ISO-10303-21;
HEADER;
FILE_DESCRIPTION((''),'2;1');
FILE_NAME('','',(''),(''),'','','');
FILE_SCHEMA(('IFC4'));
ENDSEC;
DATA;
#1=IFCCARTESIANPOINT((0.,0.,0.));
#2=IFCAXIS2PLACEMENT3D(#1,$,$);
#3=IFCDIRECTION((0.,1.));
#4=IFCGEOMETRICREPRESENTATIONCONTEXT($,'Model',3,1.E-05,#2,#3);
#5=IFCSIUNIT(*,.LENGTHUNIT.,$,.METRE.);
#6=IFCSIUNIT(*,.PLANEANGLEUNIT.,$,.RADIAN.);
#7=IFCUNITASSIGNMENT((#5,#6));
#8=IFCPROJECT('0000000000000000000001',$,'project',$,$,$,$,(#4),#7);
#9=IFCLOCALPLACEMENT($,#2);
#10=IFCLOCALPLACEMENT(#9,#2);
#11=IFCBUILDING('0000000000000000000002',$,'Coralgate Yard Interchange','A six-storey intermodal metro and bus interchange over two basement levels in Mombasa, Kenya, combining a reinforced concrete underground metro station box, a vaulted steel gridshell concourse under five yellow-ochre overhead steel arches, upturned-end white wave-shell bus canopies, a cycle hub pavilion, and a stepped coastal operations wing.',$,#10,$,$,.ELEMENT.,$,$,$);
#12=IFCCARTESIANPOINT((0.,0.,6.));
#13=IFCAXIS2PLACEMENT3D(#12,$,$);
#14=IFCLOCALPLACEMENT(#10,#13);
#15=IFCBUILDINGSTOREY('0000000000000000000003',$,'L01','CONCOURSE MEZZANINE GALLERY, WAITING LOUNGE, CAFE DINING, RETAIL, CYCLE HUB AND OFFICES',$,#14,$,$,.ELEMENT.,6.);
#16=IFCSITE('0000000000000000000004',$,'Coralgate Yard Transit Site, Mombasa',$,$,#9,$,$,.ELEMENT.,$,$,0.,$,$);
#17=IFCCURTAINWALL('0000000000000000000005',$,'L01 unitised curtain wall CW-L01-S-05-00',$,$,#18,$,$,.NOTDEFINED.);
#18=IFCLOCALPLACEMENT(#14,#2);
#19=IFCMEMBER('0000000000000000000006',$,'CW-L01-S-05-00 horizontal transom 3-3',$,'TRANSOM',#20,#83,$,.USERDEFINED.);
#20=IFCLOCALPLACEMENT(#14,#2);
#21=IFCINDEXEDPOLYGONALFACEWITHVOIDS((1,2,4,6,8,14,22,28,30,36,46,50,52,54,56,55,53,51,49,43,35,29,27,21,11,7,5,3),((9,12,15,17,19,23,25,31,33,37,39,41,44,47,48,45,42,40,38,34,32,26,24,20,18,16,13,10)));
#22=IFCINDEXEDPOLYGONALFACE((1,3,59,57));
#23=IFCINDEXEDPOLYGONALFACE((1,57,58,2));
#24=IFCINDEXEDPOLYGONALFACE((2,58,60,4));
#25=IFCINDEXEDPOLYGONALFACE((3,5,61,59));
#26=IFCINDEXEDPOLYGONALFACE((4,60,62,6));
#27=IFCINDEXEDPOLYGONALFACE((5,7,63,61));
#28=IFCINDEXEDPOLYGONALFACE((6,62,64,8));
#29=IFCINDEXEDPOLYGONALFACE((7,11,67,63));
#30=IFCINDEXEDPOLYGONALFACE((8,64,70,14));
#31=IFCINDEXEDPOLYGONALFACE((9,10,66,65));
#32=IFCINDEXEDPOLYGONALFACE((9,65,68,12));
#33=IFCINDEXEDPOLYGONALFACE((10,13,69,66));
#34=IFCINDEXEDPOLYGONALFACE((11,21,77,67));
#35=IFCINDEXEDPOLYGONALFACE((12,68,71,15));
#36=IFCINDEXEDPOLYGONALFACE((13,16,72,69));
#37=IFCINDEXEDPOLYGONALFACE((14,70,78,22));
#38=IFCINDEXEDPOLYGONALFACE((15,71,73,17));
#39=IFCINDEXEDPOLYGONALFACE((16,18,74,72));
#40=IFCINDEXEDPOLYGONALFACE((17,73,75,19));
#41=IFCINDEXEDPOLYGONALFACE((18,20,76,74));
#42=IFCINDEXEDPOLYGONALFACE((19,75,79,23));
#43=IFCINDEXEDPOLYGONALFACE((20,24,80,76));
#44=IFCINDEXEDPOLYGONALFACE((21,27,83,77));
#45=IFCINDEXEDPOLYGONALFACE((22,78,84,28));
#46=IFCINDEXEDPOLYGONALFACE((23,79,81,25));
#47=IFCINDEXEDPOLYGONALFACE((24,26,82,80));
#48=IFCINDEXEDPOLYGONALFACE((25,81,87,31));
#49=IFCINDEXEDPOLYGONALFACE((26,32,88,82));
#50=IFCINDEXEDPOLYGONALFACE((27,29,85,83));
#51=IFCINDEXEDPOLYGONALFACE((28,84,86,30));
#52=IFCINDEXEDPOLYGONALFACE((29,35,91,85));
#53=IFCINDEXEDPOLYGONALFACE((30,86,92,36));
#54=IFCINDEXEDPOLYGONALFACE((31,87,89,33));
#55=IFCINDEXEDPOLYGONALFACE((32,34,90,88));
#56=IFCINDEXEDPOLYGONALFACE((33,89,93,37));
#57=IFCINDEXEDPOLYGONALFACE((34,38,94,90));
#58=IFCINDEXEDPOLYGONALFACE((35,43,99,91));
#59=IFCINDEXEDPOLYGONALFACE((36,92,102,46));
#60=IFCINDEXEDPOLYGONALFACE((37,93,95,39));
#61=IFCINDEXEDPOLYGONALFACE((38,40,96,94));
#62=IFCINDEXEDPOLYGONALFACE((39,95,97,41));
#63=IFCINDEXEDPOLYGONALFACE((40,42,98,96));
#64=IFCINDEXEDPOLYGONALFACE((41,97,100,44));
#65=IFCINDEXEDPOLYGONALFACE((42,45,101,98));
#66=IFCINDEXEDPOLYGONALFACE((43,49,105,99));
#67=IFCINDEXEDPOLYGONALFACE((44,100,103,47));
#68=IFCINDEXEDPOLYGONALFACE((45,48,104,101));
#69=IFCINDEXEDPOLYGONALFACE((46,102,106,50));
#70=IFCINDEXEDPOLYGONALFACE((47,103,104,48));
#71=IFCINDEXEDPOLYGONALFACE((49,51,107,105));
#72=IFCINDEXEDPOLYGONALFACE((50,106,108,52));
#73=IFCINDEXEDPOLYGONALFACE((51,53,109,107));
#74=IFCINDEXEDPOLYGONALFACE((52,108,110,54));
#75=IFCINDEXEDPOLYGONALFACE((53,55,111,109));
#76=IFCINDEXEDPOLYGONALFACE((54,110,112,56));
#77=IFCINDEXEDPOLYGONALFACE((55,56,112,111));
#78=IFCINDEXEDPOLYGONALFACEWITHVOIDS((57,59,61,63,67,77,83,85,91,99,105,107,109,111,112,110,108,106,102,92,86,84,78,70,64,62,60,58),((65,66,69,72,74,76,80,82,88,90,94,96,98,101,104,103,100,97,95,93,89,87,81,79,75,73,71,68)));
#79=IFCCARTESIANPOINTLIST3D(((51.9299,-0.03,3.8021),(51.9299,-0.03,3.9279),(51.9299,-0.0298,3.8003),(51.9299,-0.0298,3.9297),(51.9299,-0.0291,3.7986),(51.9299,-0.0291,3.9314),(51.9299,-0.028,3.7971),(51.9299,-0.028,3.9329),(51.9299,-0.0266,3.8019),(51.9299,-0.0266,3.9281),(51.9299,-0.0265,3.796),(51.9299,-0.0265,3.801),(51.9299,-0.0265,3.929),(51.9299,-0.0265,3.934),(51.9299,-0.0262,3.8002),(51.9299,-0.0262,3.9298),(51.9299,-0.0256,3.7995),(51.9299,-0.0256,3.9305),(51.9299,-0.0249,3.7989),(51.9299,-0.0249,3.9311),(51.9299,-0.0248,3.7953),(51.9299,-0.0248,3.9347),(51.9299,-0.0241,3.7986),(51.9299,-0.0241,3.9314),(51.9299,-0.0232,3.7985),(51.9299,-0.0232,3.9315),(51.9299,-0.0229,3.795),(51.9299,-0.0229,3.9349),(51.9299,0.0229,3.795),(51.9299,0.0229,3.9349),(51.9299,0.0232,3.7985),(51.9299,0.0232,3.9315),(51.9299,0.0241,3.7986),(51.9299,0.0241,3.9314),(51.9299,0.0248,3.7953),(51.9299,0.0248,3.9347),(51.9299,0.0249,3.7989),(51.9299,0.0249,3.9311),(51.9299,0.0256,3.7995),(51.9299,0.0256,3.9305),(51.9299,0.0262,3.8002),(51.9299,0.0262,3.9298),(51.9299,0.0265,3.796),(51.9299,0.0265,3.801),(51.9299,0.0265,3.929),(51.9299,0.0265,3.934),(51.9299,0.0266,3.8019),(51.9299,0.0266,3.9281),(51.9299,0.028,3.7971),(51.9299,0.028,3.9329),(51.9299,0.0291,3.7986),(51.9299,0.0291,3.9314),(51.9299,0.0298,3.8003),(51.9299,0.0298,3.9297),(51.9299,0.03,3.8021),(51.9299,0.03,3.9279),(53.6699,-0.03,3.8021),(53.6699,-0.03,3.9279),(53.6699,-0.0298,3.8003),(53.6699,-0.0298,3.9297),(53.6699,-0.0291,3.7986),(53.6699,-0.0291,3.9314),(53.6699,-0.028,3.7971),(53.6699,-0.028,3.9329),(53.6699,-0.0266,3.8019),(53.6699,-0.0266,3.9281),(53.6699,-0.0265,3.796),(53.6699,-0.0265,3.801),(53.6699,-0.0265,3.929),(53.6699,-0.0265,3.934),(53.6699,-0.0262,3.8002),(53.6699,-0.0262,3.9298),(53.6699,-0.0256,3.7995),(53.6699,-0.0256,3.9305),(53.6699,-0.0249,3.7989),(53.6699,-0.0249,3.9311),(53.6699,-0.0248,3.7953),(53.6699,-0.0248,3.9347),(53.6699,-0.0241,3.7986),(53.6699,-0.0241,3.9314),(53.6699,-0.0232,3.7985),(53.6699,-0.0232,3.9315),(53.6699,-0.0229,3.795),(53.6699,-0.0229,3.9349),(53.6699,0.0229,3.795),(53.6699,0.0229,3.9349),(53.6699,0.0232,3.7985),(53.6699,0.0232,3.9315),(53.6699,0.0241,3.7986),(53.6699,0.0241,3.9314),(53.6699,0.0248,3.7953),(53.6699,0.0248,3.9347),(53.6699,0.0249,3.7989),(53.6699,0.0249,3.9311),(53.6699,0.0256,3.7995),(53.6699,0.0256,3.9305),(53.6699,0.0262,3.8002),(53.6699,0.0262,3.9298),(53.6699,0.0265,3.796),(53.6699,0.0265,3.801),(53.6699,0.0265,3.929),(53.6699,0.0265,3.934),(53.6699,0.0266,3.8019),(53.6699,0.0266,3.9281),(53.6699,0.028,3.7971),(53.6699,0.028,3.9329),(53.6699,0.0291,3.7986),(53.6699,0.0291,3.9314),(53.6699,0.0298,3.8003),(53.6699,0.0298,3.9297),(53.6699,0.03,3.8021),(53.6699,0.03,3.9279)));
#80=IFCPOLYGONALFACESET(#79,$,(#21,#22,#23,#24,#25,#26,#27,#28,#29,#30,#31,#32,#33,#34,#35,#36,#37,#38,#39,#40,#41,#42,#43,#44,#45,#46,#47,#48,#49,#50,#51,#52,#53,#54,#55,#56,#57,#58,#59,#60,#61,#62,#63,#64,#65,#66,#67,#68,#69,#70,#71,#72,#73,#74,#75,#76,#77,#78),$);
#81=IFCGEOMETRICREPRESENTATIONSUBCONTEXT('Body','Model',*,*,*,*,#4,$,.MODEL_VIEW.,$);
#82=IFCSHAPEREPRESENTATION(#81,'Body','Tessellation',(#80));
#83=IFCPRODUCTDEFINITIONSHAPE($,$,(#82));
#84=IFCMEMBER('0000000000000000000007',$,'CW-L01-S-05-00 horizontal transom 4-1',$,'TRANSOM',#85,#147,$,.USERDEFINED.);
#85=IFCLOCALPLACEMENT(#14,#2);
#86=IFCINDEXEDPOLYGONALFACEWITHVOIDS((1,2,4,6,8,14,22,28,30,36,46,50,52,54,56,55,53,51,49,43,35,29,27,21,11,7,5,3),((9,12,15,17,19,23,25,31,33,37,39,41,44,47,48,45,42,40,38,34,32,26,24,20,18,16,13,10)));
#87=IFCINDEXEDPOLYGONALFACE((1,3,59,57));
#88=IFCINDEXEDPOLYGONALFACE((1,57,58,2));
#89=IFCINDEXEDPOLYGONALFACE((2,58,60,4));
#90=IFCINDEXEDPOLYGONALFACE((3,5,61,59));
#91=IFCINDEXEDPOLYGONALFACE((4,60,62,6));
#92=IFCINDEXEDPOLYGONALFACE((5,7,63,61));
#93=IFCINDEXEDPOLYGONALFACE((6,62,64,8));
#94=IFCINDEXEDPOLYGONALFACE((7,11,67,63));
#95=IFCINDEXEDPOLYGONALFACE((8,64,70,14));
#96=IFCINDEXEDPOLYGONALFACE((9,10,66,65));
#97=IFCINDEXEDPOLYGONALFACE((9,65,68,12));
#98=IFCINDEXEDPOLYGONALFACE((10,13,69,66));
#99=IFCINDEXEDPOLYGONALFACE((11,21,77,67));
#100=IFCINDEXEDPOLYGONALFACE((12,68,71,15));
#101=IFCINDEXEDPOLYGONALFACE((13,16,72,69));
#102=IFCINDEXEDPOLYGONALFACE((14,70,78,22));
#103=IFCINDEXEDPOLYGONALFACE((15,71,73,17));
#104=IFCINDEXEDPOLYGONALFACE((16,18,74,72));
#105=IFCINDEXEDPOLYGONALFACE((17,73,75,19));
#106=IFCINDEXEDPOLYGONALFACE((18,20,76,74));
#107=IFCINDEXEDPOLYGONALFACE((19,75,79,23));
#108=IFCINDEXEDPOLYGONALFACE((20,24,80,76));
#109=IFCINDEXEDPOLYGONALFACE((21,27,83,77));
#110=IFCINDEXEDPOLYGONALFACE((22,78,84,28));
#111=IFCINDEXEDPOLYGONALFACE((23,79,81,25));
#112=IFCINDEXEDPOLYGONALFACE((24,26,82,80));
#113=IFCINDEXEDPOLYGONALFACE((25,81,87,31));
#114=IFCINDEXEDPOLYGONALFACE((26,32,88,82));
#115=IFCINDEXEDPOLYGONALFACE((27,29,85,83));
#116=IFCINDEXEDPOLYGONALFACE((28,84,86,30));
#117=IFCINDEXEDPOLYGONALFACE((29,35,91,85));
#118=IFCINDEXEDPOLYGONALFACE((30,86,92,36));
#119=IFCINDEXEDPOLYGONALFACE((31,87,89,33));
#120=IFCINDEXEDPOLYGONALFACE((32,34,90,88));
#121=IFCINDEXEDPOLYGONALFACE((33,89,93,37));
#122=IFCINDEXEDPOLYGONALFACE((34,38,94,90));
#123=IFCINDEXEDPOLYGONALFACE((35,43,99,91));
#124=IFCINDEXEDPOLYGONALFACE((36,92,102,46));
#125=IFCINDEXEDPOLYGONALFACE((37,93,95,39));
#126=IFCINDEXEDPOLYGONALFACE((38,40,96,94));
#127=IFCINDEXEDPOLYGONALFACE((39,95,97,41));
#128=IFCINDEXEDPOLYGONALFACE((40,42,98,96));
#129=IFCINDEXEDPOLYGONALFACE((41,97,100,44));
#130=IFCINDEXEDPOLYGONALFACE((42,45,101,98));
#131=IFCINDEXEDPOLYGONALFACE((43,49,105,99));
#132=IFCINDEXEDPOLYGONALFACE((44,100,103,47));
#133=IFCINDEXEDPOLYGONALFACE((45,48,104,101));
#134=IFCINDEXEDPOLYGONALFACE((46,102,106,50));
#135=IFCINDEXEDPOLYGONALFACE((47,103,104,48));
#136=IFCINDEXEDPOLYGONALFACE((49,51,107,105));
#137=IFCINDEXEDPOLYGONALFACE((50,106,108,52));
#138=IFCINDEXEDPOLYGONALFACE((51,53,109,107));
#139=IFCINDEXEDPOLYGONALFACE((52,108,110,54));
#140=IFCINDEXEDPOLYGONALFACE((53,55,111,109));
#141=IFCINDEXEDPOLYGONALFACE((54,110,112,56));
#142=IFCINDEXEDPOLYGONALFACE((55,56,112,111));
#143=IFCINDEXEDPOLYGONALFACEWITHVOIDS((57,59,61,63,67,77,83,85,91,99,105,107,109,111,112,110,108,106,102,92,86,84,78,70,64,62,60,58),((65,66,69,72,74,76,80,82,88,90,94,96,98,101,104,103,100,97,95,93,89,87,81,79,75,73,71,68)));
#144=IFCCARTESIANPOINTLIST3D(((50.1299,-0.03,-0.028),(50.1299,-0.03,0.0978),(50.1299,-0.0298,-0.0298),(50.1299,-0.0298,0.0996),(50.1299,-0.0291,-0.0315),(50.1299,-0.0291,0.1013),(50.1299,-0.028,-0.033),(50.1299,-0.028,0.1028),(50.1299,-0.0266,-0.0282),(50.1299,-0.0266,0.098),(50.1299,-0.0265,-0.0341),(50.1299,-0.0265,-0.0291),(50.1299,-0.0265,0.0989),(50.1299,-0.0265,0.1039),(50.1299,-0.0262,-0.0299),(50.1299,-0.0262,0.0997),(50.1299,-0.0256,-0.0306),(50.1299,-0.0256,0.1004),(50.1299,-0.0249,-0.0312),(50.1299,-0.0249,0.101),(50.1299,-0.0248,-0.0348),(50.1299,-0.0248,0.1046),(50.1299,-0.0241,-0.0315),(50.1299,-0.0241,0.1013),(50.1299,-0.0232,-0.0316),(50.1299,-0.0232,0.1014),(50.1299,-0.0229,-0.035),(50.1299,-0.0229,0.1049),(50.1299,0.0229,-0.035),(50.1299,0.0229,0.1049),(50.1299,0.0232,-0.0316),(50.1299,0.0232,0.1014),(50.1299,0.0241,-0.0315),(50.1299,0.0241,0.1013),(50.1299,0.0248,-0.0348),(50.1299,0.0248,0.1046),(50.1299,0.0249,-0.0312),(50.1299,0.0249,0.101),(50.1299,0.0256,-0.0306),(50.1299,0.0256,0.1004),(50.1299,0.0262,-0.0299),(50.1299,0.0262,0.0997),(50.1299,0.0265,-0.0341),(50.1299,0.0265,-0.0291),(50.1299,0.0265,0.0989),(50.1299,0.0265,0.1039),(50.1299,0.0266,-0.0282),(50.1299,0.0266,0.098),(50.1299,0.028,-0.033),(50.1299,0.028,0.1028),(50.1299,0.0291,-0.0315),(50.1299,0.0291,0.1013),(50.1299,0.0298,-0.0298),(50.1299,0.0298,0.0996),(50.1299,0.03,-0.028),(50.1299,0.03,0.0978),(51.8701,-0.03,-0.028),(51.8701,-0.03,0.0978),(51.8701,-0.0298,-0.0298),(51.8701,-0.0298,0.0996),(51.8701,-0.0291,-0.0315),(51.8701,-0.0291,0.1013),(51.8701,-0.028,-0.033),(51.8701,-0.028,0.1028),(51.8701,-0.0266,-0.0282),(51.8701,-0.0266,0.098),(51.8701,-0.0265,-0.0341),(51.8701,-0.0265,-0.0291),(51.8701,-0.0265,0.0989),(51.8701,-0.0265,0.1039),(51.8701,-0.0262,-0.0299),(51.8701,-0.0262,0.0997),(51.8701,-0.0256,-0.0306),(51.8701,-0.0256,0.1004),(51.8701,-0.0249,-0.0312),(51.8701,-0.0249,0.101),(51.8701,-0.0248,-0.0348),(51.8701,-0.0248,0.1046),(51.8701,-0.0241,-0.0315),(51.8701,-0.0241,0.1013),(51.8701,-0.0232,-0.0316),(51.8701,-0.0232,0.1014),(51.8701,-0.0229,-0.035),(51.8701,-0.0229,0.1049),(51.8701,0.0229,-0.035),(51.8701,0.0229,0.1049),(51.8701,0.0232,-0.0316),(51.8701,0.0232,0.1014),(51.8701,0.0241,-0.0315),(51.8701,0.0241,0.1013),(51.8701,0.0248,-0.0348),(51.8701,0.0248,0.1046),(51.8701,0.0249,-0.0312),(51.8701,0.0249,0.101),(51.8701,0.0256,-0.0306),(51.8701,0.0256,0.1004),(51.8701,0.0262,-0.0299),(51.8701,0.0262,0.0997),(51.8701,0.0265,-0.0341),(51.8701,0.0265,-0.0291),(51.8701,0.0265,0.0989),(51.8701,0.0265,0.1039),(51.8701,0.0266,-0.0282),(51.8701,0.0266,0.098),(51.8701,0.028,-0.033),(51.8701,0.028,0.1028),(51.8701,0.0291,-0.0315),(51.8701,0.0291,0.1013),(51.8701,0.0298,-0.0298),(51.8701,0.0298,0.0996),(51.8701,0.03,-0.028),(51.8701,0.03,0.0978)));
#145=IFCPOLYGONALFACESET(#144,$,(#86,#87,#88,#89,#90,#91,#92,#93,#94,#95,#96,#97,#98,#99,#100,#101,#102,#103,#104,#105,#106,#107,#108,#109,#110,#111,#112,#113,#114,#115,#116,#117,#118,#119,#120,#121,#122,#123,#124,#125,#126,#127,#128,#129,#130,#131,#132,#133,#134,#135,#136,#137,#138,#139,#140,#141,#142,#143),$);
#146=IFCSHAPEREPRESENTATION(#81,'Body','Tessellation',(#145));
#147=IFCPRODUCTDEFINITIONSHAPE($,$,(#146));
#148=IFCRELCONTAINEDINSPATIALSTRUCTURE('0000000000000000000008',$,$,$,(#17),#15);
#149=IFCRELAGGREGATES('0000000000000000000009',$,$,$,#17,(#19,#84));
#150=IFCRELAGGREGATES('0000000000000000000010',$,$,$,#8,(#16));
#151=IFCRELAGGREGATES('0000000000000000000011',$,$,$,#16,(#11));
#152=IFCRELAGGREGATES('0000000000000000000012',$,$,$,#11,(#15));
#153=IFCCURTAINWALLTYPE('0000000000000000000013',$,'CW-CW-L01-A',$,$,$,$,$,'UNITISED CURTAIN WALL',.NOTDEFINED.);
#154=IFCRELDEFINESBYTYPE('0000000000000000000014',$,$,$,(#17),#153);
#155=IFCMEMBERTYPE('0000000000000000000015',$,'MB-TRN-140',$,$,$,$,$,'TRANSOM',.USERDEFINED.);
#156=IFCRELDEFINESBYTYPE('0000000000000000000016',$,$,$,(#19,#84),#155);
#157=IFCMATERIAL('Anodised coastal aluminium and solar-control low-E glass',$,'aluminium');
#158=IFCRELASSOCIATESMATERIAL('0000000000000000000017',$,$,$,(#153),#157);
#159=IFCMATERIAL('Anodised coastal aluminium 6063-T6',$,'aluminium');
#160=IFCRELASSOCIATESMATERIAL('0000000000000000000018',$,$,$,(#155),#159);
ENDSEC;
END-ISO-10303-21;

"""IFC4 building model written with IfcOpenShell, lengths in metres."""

from ifc_helpers import new_model, si_unit, direction, frame, origin, origin_2d, place, context, subcontext, project, spatial, hollow_rectangle, extrude, material, material_profile, profile_set, type_object, element, aggregate, save


model = new_model("IFC4")

# Units and contexts
model_context = context("Model", 3, precision=1e-05, world=origin(), true_north=direction((0.0, 1.0)))
body_context = subcontext(model_context, "Body", "Model", "MODEL_VIEW")
ifc_project = project(units=[si_unit("LENGTHUNIT", "METRE"), si_unit("PLANEANGLEUNIT", "RADIAN")], contexts=[model_context])

# Site, building, storey
site_placement = place(None, origin())
site = spatial("IfcSite", under=ifc_project, at=site_placement, Name="Coralgate Yard Transit Site, Mombasa", CompositionType="ELEMENT", RefElevation=0.0)
building_placement = place(site_placement, origin())
building = spatial("IfcBuilding", under=site, at=building_placement, Name="Coralgate Yard Interchange", Description="A six-storey intermodal metro and bus interchange over two basement levels in Mombasa, Kenya, combining a reinforced concrete underground metro station box, a vaulted steel gridshell concourse under five yellow-ochre overhead steel arches, upturned-end white wave-shell bus canopies, a cycle hub pavilion, and a stepped coastal operations wing.", CompositionType="ELEMENT")
storey_placement = place(building_placement, frame((0.0, 0.0, 6.0)))
storey = spatial("IfcBuildingStorey", under=building, at=storey_placement, Name="L01", Description="CONCOURSE MEZZANINE GALLERY, WAITING LOUNGE, CAFE DINING, RETAIL, CYCLE HUB AND OFFICES", CompositionType="ELEMENT", Elevation=6.0)

# Curtain wall, members
ifc_material_1 = material(Name="Anodised coastal aluminium and solar-control low-E glass", Category="aluminium")
curtain_wall_type = type_object("IfcCurtainWallType", Name="CW-CW-L01-A", ElementType="UNITISED CURTAIN WALL", PredefinedType="NOTDEFINED", material=ifc_material_1)
curtain_wall_placement = place(storey_placement, origin())
curtain_wall = element("IfcCurtainWall", 1, at=curtain_wall_placement, inside=storey, type_object=curtain_wall_type, Name="L01 unitised curtain wall CW-L01-S-05-00", PredefinedType="NOTDEFINED")
ifc_material_2 = material(Name="Anodised coastal aluminium 6063-T6", Category="aluminium")
ifc_material_profile_1 = material_profile(ifc_material_2, hollow_rectangle(XDim=0.0601, YDim=0.1399, WallThickness=0.0034, InnerFilletRadius=0.0034, OuterFilletRadius=0.0071, at=origin_2d()), Name="ALU 60x140x3.5")
ifc_profile_set_1 = profile_set([ifc_material_profile_1], Name="Anodised coastal aluminium 6063-T6")
member_type_1 = type_object("IfcMemberType", Name="MB-TRN-140", ElementType="TRANSOM", PredefinedType="USERDEFINED", material=ifc_profile_set_1)
member_1_placement = place(storey_placement, frame((53.6699, 0.0, 3.865), z_axis=(-1.0, 0.0, 0.0), x_axis=(0.0, -1.0, 0.0)))
member_1 = element("IfcMember", 2, at=member_1_placement, type_object=member_type_1, Name="CW-L01-S-05-00 horizontal transom 3-3", ObjectType="TRANSOM", PredefinedType="USERDEFINED", context=body_context, shape_type="SweptSolid", body=[
    extrude(hollow_rectangle(XDim=0.0601, YDim=0.1399, WallThickness=0.0034, InnerFilletRadius=0.0034, OuterFilletRadius=0.0071, at=origin_2d()), origin(), (0.0, 0.0, 1.0), 1.74),
])
member_2_placement = place(storey_placement, frame((51.8701, 0.0, 0.0349), z_axis=(-1.0, 0.0, 0.0), x_axis=(0.0, -1.0, 0.0)))
member_2 = element("IfcMember", 3, at=member_2_placement, type_object=member_type_1, Name="CW-L01-S-05-00 horizontal transom 4-1", ObjectType="TRANSOM", PredefinedType="USERDEFINED", context=body_context, shape_type="SweptSolid", body=[
    extrude(hollow_rectangle(XDim=0.0601, YDim=0.1399, WallThickness=0.0034, InnerFilletRadius=0.0034, OuterFilletRadius=0.0071, at=origin_2d()), origin(), (0.0, 0.0, 1.0), 1.7402),
])
aggregate(curtain_wall, [member_1, member_2])

save(model, "model.ifc")
